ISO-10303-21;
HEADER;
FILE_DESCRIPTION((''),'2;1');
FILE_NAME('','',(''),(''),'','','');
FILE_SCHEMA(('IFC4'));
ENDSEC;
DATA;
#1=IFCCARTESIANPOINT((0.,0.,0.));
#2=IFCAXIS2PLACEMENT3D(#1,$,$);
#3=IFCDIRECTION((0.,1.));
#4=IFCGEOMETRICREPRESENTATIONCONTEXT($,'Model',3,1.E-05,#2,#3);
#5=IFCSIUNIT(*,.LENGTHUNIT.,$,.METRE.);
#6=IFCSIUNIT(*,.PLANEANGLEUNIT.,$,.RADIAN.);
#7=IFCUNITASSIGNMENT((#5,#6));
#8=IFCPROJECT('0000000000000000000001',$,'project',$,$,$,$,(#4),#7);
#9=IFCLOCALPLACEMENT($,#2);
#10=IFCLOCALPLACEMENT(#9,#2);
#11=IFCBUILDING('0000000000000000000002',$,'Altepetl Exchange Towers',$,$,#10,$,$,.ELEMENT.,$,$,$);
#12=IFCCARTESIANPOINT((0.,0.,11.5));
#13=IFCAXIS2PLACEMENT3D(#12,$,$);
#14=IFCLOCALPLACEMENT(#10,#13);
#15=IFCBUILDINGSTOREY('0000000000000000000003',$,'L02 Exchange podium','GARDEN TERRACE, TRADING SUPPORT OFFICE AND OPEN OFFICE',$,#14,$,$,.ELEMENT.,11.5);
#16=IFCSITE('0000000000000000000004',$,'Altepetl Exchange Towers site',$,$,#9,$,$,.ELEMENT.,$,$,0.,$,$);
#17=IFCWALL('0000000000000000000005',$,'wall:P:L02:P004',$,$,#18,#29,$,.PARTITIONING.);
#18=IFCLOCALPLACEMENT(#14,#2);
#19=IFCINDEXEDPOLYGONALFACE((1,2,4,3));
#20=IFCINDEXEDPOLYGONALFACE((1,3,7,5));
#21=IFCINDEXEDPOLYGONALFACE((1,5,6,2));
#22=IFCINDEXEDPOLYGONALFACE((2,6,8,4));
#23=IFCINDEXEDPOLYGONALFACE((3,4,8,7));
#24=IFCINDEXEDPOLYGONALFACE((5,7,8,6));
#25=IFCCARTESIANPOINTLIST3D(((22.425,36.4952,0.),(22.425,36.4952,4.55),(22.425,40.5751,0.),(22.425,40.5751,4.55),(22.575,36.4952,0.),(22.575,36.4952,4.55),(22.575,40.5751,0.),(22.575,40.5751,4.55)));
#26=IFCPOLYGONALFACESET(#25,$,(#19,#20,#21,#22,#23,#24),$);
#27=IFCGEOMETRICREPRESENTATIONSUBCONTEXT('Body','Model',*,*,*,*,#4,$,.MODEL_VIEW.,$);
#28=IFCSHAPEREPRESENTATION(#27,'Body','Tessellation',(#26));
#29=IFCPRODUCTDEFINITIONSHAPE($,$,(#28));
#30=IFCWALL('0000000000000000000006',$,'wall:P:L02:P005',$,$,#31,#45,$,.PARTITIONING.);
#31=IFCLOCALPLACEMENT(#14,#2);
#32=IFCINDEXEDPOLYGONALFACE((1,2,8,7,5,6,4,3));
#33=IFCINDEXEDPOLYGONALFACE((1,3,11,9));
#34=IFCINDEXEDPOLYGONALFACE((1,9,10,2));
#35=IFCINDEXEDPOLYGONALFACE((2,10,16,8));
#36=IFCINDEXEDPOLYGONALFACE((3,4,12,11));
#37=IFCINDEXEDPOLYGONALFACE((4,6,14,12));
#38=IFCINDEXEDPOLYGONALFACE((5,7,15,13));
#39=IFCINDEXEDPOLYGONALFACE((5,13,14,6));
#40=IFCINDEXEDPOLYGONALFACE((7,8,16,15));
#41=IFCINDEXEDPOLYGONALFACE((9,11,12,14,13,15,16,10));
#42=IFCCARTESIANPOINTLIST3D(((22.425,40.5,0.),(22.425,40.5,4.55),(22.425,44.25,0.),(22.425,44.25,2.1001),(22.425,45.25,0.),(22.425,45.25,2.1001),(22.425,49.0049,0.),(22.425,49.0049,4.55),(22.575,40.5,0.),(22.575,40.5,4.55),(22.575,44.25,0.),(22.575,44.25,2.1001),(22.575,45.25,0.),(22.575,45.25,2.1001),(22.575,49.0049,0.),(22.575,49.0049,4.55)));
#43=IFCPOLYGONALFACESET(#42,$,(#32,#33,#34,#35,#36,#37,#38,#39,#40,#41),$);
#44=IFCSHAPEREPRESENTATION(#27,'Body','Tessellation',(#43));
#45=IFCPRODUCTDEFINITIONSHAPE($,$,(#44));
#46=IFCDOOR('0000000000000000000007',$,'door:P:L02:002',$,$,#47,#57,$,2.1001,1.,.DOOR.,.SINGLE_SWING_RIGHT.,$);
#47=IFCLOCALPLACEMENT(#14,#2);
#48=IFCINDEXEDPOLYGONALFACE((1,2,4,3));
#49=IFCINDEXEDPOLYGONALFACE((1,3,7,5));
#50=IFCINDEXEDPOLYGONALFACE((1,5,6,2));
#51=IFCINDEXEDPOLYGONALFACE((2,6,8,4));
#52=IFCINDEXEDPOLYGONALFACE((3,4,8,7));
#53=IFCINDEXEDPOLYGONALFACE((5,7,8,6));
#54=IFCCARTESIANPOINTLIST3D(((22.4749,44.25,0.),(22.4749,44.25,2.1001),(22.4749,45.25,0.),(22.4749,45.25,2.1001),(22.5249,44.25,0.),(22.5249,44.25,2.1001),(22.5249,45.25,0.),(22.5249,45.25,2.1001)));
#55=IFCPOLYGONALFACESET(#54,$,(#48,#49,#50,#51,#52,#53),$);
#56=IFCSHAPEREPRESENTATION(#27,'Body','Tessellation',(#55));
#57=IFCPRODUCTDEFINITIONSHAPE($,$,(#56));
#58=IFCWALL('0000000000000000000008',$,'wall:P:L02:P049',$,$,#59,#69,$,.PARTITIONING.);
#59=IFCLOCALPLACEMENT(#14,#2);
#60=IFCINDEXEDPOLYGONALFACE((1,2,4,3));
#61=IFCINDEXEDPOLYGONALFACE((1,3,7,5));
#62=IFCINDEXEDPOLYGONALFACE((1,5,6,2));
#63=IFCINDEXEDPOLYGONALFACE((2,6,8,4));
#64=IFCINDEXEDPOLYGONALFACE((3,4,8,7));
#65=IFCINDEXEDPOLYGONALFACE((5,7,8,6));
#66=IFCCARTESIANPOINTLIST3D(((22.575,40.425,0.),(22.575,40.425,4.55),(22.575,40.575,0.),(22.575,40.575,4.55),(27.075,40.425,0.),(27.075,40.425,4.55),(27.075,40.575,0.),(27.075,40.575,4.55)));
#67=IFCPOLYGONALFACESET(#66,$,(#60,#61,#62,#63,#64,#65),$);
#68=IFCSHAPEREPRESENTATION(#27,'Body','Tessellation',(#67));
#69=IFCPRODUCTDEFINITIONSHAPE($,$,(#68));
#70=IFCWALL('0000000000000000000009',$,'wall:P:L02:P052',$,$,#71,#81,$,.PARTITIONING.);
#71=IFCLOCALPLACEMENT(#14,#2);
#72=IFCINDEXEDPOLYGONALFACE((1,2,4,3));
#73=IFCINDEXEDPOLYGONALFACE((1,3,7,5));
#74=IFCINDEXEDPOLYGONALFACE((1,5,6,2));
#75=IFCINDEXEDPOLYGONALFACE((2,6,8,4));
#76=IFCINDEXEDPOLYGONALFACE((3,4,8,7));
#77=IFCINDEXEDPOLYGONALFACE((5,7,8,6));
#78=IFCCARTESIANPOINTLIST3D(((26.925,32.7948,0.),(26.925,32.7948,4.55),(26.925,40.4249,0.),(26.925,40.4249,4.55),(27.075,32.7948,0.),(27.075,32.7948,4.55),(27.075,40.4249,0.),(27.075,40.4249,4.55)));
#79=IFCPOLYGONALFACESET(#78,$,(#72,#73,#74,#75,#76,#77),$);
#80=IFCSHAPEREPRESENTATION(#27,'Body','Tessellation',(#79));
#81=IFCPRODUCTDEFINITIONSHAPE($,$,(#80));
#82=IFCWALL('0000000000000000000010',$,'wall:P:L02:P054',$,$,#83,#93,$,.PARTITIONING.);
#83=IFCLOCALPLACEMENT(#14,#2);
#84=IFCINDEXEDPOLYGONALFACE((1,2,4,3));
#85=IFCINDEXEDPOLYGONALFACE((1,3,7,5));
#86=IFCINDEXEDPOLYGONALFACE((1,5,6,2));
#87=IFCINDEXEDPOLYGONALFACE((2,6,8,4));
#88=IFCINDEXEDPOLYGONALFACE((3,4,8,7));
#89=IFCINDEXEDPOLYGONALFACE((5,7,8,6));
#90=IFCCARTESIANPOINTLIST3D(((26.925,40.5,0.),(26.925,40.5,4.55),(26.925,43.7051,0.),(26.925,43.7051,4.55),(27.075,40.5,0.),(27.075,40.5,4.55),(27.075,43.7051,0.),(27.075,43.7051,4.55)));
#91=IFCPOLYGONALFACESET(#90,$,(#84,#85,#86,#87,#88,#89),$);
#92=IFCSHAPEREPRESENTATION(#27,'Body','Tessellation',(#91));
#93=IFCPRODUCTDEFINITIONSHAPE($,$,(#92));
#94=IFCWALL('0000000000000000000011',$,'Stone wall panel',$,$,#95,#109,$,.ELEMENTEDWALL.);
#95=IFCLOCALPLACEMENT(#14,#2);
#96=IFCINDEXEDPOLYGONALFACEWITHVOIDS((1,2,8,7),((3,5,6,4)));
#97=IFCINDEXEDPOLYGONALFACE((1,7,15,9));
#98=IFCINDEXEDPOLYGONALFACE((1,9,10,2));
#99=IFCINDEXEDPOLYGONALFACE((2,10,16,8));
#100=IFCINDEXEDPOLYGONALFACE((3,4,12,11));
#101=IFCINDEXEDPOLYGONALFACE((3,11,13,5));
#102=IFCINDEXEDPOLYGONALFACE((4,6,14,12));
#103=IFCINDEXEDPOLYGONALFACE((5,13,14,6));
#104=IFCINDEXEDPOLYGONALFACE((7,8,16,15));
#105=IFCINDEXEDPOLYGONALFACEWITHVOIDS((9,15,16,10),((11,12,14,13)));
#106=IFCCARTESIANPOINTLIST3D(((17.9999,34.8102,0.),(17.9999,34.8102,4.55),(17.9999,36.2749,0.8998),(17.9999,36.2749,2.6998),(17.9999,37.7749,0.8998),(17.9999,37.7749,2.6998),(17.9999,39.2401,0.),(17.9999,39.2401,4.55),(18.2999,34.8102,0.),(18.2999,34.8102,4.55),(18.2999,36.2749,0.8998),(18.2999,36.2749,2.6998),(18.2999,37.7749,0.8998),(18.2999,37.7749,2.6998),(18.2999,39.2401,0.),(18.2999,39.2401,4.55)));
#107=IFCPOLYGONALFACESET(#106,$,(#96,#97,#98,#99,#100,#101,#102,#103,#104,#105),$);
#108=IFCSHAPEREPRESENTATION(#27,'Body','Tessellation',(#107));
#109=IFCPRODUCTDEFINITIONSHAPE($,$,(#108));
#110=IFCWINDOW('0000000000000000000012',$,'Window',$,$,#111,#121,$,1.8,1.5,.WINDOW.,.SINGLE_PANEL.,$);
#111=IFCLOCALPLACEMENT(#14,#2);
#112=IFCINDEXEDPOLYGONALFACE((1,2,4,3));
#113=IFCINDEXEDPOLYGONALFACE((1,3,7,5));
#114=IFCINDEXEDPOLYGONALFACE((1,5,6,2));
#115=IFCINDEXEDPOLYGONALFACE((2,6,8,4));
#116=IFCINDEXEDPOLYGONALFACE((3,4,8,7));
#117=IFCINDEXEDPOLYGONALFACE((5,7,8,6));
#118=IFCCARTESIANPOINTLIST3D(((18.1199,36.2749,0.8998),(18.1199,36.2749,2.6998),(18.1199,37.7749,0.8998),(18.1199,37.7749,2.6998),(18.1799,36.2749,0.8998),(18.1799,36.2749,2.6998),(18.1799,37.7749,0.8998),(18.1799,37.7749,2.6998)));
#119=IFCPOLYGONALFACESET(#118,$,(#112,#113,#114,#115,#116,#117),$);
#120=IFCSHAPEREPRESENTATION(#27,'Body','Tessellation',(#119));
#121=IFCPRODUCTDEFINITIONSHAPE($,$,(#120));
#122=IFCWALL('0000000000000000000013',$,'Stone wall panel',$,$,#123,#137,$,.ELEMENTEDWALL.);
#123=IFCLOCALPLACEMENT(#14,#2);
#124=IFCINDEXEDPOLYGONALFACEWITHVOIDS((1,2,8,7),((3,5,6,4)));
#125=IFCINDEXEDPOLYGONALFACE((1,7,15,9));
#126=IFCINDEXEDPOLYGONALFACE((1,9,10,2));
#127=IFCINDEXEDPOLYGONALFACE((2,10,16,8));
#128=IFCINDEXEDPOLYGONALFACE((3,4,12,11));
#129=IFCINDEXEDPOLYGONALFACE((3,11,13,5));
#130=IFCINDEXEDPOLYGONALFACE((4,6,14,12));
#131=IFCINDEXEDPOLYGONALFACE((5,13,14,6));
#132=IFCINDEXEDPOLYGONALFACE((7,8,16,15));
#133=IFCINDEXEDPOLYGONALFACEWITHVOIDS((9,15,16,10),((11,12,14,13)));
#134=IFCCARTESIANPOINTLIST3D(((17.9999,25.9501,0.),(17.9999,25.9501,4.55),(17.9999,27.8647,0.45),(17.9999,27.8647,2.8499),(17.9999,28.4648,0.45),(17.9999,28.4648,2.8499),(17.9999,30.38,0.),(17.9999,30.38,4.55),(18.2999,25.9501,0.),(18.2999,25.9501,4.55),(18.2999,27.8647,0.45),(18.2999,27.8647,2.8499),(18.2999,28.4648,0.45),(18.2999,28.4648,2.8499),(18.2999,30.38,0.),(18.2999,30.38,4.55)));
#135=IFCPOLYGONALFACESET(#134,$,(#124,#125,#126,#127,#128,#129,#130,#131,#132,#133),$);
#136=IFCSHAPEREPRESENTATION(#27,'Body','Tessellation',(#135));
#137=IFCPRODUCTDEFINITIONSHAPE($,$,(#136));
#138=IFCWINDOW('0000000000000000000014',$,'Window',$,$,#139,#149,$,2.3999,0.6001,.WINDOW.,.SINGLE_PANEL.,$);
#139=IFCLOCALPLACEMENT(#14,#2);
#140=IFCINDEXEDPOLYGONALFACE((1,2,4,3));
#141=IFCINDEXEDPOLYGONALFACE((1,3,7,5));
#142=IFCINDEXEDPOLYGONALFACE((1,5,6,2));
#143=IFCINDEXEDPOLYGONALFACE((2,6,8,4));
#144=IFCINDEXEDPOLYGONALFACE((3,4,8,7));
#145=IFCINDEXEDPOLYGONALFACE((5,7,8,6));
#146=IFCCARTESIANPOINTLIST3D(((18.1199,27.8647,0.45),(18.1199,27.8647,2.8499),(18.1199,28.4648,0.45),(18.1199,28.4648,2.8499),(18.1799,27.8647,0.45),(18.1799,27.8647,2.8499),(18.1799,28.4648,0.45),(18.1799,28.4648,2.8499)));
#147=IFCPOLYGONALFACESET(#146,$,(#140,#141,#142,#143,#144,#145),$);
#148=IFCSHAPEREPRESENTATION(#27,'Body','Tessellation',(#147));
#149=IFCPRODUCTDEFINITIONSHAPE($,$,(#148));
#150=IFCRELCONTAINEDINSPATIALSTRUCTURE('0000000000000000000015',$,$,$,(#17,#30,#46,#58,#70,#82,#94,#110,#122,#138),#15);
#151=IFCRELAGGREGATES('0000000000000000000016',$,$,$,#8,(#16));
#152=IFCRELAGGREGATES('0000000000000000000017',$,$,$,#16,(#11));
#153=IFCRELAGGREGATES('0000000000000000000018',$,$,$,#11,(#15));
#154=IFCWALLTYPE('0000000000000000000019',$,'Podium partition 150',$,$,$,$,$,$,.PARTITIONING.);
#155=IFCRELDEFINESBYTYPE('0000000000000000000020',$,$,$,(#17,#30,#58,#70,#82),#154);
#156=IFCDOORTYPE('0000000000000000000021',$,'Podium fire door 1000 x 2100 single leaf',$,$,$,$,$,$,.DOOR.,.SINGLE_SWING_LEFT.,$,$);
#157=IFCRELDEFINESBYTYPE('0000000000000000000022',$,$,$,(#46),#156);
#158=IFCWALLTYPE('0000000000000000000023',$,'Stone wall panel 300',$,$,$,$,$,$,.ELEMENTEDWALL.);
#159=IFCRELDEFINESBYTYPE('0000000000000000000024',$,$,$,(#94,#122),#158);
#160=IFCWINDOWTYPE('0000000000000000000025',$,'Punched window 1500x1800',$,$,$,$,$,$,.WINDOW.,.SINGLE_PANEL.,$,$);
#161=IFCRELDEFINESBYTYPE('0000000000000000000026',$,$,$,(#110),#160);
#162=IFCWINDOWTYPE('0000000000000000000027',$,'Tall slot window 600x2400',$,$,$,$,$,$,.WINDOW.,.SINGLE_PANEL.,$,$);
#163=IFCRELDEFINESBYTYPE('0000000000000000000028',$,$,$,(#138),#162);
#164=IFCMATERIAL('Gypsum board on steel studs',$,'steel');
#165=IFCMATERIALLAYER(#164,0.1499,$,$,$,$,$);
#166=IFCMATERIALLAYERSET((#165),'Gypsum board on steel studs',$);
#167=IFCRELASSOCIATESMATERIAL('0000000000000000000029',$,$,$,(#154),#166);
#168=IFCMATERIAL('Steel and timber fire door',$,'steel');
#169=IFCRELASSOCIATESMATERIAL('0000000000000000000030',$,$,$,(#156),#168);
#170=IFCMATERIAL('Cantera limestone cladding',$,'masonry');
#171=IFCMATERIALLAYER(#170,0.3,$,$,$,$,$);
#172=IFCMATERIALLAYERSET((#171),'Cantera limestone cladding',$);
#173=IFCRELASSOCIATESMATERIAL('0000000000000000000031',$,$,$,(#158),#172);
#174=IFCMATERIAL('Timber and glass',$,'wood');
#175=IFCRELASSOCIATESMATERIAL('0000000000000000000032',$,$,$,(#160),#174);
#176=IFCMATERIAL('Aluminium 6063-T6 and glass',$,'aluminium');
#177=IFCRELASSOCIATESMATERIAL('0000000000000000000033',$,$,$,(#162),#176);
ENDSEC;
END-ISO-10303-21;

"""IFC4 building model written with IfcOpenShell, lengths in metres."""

from ifc_helpers import new_model, si_unit, direction, frame, frame_2d, origin, place, context, subcontext, project, spatial, rectangle, extrude, material, layer, layer_set, type_object, element, fill, save


model = new_model("IFC4")

# Units and contexts
model_context = context("Model", 3, precision=1e-05, world=origin(), true_north=direction((0.0, 1.0)))
body_context = subcontext(model_context, "Body", "Model", "MODEL_VIEW")
ifc_project = project(units=[si_unit("LENGTHUNIT", "METRE"), si_unit("PLANEANGLEUNIT", "RADIAN")], contexts=[model_context])

# Site, building, storey
site_placement = place(None, origin())
site = spatial("IfcSite", under=ifc_project, at=site_placement, Name="Altepetl Exchange Towers site", CompositionType="ELEMENT", RefElevation=0.0)
building_placement = place(site_placement, origin())
building = spatial("IfcBuilding", under=site, at=building_placement, Name="Altepetl Exchange Towers", CompositionType="ELEMENT")
storey_placement = place(building_placement, frame((0.0, 0.0, 11.5)))
storey = spatial("IfcBuildingStorey", under=building, at=storey_placement, Name="L02 Exchange podium", Description="GARDEN TERRACE, TRADING SUPPORT OFFICE AND OPEN OFFICE", CompositionType="ELEMENT", Elevation=11.5)

# Wall
ifc_material_1 = material(Name="Gypsum board on steel studs", Category="steel")
ifc_layer_1 = layer(ifc_material_1, 0.1499)
ifc_layer_set_1 = layer_set([ifc_layer_1], Name="Gypsum board on steel studs")
wall_type_1 = type_object("IfcWallType", Name="Podium partition 150", PredefinedType="PARTITIONING", material=ifc_layer_set_1)
wall_1_placement = place(storey_placement, frame((22.5, 36.4951, 0.0), z_axis=(0.0, 0.0, 1.0), x_axis=(0.0, 1.0, 0.0)))
element("IfcWall", 1, at=wall_1_placement, inside=storey, type_object=wall_type_1, Name="wall:P:L02:P004", PredefinedType="PARTITIONING", context=body_context, shape_type="SweptSolid", body=[
    extrude(rectangle(XDim=4.0798, YDim=0.1499, at=frame_2d((2.04, 0.0))), origin(), (0.0, 0.0, 1.0), 4.55),
])

# Wall, opening, door
wall_2_placement = place(storey_placement, frame((22.5, 40.5, 0.0), z_axis=(0.0, 0.0, 1.0), x_axis=(0.0, 1.0, 0.0)))
wall_2 = element("IfcWall", 2, at=wall_2_placement, inside=storey, type_object=wall_type_1, Name="wall:P:L02:P005", PredefinedType="PARTITIONING", context=body_context, shape_type="SweptSolid", body=[
    extrude(rectangle(XDim=8.5049, YDim=0.1499, at=frame_2d((4.2524, 0.0))), origin(), (0.0, 0.0, 1.0), 4.55),
])
opening_1_placement = place(wall_2_placement, frame((3.75, 0.0, 0.0)))
opening_1 = element("IfcOpeningElement", 3, at=opening_1_placement, cuts=wall_2, PredefinedType="OPENING", context=body_context, shape_type="SweptSolid", body=[
    extrude(rectangle(XDim=1.0, YDim=2.1001, at=frame_2d((0.5, 1.05))), frame((0.0, 0.085, 0.0), z_axis=(0.0, -1.0, 0.0), x_axis=(1.0, 0.0, 0.0)), (0.0, 0.0, 1.0), 0.1699),
])
ifc_material_2 = material(Name="Steel and timber fire door", Category="steel")
door_type = type_object("IfcDoorType", Name="Podium fire door 1000 x 2100 single leaf", OperationType="SINGLE_SWING_LEFT", PredefinedType="DOOR", material=ifc_material_2)
door_placement = place(opening_1_placement, frame((1.0, 0.0, 0.0), x_axis=(-1.0, 0.0, 0.0)))
door = element("IfcDoor", 4, at=door_placement, inside=storey, type_object=door_type, Name="door:P:L02:002", OperationType="SINGLE_SWING_RIGHT", OverallHeight=2.1001, OverallWidth=1.0, PredefinedType="DOOR", context=body_context, shape_type="SweptSolid", body=[
    extrude(rectangle(XDim=1.0, YDim=2.1001, at=frame_2d((0.5, 1.05))), frame((0.0, 0.0249, 0.0), z_axis=(0.0, -1.0, 0.0), x_axis=(1.0, 0.0, 0.0)), (0.0, 0.0, 1.0), 0.05),
])
fill(opening_1, door)

# Walls
wall_3_placement = place(storey_placement, frame((22.575, 40.5, 0.0)))
element("IfcWall", 5, at=wall_3_placement, inside=storey, type_object=wall_type_1, Name="wall:P:L02:P049", PredefinedType="PARTITIONING", context=body_context, shape_type="SweptSolid", body=[
    extrude(rectangle(XDim=4.5, YDim=0.1499, at=frame_2d((2.25, 0.0))), origin(), (0.0, 0.0, 1.0), 4.55),
])
wall_4_placement = place(storey_placement, frame((27.0, 32.7949, 0.0), z_axis=(0.0, 0.0, 1.0), x_axis=(0.0, 1.0, 0.0)))
element("IfcWall", 6, at=wall_4_placement, inside=storey, type_object=wall_type_1, Name="wall:P:L02:P052", PredefinedType="PARTITIONING", context=body_context, shape_type="SweptSolid", body=[
    extrude(rectangle(XDim=7.6301, YDim=0.1499, at=frame_2d((3.8149, 0.0))), origin(), (0.0, 0.0, 1.0), 4.55),
])
wall_5_placement = place(storey_placement, frame((27.0, 40.5, 0.0), z_axis=(0.0, 0.0, 1.0), x_axis=(0.0, 1.0, 0.0)))
element("IfcWall", 7, at=wall_5_placement, inside=storey, type_object=wall_type_1, Name="wall:P:L02:P054", PredefinedType="PARTITIONING", context=body_context, shape_type="SweptSolid", body=[
    extrude(rectangle(XDim=3.2051, YDim=0.1499, at=frame_2d((1.6025, 0.0))), origin(), (0.0, 0.0, 1.0), 4.55),
])

# Walls, openings, windows
ifc_material_3 = material(Name="Cantera limestone cladding", Category="masonry")
ifc_layer_2 = layer(ifc_material_3, 0.3)
ifc_layer_set_2 = layer_set([ifc_layer_2], Name="Cantera limestone cladding")
wall_type_2 = type_object("IfcWallType", Name="Stone wall panel 300", PredefinedType="ELEMENTEDWALL", material=ifc_layer_set_2)
wall_6_placement = place(storey_placement, frame((18.1499, 39.24, 0.0), z_axis=(0.0, 0.0, 1.0), x_axis=(0.0, -1.0, 0.0)))
wall_6 = element("IfcWall", 8, at=wall_6_placement, inside=storey, type_object=wall_type_2, Name="Stone wall panel", PredefinedType="ELEMENTEDWALL", context=body_context, shape_type="SweptSolid", body=[
    extrude(rectangle(XDim=4.4299, YDim=0.3, at=frame_2d((2.2148, 0.0))), origin(), (0.0, 0.0, 1.0), 4.55),
])
opening_2_placement = place(wall_6_placement, frame((1.4651, 0.0, 0.8999)))
opening_2 = element("IfcOpeningElement", 9, at=opening_2_placement, cuts=wall_6, PredefinedType="OPENING", context=body_context, shape_type="SweptSolid", body=[
    extrude(rectangle(XDim=1.5, YDim=1.8, at=frame_2d((0.75, 0.8999))), frame((0.0, 0.1602, 0.0), z_axis=(0.0, -1.0, 0.0), x_axis=(1.0, 0.0, 0.0)), (0.0, 0.0, 1.0), 0.3201),
])
ifc_material_4 = material(Name="Timber and glass", Category="wood")
window_type_1 = type_object("IfcWindowType", Name="Punched window 1500x1800", PartitioningType="SINGLE_PANEL", PredefinedType="WINDOW", material=ifc_material_4)
window_1_placement = place(opening_2_placement, origin())
window_1 = element("IfcWindow", 10, at=window_1_placement, inside=storey, type_object=window_type_1, Name="Window", OverallHeight=1.8, OverallWidth=1.5, PartitioningType="SINGLE_PANEL", PredefinedType="WINDOW", context=body_context, shape_type="SweptSolid", body=[
    extrude(rectangle(XDim=1.5, YDim=1.8, at=frame_2d((0.75, 0.8999))), frame((0.0, 0.03, 0.0), z_axis=(0.0, -1.0, 0.0), x_axis=(1.0, 0.0, 0.0)), (0.0, 0.0, 1.0), 0.0601),
])
fill(opening_2, window_1)
wall_7_placement = place(storey_placement, frame((18.1499, 30.3799, 0.0), z_axis=(0.0, 0.0, 1.0), x_axis=(0.0, -1.0, 0.0)))
wall_7 = element("IfcWall", 11, at=wall_7_placement, inside=storey, type_object=wall_type_2, Name="Stone wall panel", PredefinedType="ELEMENTEDWALL", context=body_context, shape_type="SweptSolid", body=[
    extrude(rectangle(XDim=4.4299, YDim=0.3, at=frame_2d((2.2148, 0.0))), origin(), (0.0, 0.0, 1.0), 4.55),
])
opening_3_placement = place(wall_7_placement, frame((1.915, 0.0, 0.45)))
opening_3 = element("IfcOpeningElement", 12, at=opening_3_placement, cuts=wall_7, PredefinedType="OPENING", context=body_context, shape_type="SweptSolid", body=[
    extrude(rectangle(XDim=0.6001, YDim=2.3999, at=frame_2d((0.3, 1.2))), frame((0.0, 0.1602, 0.0), z_axis=(0.0, -1.0, 0.0), x_axis=(1.0, 0.0, 0.0)), (0.0, 0.0, 1.0), 0.3201),
])
ifc_material_5 = material(Name="Aluminium 6063-T6 and glass", Category="aluminium")
window_type_2 = type_object("IfcWindowType", Name="Tall slot window 600x2400", PartitioningType="SINGLE_PANEL", PredefinedType="WINDOW", material=ifc_material_5)
window_2_placement = place(opening_3_placement, origin())
window_2 = element("IfcWindow", 13, at=window_2_placement, inside=storey, type_object=window_type_2, Name="Window", OverallHeight=2.3999, OverallWidth=0.6001, PartitioningType="SINGLE_PANEL", PredefinedType="WINDOW", context=body_context, shape_type="SweptSolid", body=[
    extrude(rectangle(XDim=0.6001, YDim=2.3999, at=frame_2d((0.3, 1.2))), frame((0.0, 0.03, 0.0), z_axis=(0.0, -1.0, 0.0), x_axis=(1.0, 0.0, 0.0)), (0.0, 0.0, 1.0), 0.0601),
])
fill(opening_3, window_2)

save(model, "model.ifc")
